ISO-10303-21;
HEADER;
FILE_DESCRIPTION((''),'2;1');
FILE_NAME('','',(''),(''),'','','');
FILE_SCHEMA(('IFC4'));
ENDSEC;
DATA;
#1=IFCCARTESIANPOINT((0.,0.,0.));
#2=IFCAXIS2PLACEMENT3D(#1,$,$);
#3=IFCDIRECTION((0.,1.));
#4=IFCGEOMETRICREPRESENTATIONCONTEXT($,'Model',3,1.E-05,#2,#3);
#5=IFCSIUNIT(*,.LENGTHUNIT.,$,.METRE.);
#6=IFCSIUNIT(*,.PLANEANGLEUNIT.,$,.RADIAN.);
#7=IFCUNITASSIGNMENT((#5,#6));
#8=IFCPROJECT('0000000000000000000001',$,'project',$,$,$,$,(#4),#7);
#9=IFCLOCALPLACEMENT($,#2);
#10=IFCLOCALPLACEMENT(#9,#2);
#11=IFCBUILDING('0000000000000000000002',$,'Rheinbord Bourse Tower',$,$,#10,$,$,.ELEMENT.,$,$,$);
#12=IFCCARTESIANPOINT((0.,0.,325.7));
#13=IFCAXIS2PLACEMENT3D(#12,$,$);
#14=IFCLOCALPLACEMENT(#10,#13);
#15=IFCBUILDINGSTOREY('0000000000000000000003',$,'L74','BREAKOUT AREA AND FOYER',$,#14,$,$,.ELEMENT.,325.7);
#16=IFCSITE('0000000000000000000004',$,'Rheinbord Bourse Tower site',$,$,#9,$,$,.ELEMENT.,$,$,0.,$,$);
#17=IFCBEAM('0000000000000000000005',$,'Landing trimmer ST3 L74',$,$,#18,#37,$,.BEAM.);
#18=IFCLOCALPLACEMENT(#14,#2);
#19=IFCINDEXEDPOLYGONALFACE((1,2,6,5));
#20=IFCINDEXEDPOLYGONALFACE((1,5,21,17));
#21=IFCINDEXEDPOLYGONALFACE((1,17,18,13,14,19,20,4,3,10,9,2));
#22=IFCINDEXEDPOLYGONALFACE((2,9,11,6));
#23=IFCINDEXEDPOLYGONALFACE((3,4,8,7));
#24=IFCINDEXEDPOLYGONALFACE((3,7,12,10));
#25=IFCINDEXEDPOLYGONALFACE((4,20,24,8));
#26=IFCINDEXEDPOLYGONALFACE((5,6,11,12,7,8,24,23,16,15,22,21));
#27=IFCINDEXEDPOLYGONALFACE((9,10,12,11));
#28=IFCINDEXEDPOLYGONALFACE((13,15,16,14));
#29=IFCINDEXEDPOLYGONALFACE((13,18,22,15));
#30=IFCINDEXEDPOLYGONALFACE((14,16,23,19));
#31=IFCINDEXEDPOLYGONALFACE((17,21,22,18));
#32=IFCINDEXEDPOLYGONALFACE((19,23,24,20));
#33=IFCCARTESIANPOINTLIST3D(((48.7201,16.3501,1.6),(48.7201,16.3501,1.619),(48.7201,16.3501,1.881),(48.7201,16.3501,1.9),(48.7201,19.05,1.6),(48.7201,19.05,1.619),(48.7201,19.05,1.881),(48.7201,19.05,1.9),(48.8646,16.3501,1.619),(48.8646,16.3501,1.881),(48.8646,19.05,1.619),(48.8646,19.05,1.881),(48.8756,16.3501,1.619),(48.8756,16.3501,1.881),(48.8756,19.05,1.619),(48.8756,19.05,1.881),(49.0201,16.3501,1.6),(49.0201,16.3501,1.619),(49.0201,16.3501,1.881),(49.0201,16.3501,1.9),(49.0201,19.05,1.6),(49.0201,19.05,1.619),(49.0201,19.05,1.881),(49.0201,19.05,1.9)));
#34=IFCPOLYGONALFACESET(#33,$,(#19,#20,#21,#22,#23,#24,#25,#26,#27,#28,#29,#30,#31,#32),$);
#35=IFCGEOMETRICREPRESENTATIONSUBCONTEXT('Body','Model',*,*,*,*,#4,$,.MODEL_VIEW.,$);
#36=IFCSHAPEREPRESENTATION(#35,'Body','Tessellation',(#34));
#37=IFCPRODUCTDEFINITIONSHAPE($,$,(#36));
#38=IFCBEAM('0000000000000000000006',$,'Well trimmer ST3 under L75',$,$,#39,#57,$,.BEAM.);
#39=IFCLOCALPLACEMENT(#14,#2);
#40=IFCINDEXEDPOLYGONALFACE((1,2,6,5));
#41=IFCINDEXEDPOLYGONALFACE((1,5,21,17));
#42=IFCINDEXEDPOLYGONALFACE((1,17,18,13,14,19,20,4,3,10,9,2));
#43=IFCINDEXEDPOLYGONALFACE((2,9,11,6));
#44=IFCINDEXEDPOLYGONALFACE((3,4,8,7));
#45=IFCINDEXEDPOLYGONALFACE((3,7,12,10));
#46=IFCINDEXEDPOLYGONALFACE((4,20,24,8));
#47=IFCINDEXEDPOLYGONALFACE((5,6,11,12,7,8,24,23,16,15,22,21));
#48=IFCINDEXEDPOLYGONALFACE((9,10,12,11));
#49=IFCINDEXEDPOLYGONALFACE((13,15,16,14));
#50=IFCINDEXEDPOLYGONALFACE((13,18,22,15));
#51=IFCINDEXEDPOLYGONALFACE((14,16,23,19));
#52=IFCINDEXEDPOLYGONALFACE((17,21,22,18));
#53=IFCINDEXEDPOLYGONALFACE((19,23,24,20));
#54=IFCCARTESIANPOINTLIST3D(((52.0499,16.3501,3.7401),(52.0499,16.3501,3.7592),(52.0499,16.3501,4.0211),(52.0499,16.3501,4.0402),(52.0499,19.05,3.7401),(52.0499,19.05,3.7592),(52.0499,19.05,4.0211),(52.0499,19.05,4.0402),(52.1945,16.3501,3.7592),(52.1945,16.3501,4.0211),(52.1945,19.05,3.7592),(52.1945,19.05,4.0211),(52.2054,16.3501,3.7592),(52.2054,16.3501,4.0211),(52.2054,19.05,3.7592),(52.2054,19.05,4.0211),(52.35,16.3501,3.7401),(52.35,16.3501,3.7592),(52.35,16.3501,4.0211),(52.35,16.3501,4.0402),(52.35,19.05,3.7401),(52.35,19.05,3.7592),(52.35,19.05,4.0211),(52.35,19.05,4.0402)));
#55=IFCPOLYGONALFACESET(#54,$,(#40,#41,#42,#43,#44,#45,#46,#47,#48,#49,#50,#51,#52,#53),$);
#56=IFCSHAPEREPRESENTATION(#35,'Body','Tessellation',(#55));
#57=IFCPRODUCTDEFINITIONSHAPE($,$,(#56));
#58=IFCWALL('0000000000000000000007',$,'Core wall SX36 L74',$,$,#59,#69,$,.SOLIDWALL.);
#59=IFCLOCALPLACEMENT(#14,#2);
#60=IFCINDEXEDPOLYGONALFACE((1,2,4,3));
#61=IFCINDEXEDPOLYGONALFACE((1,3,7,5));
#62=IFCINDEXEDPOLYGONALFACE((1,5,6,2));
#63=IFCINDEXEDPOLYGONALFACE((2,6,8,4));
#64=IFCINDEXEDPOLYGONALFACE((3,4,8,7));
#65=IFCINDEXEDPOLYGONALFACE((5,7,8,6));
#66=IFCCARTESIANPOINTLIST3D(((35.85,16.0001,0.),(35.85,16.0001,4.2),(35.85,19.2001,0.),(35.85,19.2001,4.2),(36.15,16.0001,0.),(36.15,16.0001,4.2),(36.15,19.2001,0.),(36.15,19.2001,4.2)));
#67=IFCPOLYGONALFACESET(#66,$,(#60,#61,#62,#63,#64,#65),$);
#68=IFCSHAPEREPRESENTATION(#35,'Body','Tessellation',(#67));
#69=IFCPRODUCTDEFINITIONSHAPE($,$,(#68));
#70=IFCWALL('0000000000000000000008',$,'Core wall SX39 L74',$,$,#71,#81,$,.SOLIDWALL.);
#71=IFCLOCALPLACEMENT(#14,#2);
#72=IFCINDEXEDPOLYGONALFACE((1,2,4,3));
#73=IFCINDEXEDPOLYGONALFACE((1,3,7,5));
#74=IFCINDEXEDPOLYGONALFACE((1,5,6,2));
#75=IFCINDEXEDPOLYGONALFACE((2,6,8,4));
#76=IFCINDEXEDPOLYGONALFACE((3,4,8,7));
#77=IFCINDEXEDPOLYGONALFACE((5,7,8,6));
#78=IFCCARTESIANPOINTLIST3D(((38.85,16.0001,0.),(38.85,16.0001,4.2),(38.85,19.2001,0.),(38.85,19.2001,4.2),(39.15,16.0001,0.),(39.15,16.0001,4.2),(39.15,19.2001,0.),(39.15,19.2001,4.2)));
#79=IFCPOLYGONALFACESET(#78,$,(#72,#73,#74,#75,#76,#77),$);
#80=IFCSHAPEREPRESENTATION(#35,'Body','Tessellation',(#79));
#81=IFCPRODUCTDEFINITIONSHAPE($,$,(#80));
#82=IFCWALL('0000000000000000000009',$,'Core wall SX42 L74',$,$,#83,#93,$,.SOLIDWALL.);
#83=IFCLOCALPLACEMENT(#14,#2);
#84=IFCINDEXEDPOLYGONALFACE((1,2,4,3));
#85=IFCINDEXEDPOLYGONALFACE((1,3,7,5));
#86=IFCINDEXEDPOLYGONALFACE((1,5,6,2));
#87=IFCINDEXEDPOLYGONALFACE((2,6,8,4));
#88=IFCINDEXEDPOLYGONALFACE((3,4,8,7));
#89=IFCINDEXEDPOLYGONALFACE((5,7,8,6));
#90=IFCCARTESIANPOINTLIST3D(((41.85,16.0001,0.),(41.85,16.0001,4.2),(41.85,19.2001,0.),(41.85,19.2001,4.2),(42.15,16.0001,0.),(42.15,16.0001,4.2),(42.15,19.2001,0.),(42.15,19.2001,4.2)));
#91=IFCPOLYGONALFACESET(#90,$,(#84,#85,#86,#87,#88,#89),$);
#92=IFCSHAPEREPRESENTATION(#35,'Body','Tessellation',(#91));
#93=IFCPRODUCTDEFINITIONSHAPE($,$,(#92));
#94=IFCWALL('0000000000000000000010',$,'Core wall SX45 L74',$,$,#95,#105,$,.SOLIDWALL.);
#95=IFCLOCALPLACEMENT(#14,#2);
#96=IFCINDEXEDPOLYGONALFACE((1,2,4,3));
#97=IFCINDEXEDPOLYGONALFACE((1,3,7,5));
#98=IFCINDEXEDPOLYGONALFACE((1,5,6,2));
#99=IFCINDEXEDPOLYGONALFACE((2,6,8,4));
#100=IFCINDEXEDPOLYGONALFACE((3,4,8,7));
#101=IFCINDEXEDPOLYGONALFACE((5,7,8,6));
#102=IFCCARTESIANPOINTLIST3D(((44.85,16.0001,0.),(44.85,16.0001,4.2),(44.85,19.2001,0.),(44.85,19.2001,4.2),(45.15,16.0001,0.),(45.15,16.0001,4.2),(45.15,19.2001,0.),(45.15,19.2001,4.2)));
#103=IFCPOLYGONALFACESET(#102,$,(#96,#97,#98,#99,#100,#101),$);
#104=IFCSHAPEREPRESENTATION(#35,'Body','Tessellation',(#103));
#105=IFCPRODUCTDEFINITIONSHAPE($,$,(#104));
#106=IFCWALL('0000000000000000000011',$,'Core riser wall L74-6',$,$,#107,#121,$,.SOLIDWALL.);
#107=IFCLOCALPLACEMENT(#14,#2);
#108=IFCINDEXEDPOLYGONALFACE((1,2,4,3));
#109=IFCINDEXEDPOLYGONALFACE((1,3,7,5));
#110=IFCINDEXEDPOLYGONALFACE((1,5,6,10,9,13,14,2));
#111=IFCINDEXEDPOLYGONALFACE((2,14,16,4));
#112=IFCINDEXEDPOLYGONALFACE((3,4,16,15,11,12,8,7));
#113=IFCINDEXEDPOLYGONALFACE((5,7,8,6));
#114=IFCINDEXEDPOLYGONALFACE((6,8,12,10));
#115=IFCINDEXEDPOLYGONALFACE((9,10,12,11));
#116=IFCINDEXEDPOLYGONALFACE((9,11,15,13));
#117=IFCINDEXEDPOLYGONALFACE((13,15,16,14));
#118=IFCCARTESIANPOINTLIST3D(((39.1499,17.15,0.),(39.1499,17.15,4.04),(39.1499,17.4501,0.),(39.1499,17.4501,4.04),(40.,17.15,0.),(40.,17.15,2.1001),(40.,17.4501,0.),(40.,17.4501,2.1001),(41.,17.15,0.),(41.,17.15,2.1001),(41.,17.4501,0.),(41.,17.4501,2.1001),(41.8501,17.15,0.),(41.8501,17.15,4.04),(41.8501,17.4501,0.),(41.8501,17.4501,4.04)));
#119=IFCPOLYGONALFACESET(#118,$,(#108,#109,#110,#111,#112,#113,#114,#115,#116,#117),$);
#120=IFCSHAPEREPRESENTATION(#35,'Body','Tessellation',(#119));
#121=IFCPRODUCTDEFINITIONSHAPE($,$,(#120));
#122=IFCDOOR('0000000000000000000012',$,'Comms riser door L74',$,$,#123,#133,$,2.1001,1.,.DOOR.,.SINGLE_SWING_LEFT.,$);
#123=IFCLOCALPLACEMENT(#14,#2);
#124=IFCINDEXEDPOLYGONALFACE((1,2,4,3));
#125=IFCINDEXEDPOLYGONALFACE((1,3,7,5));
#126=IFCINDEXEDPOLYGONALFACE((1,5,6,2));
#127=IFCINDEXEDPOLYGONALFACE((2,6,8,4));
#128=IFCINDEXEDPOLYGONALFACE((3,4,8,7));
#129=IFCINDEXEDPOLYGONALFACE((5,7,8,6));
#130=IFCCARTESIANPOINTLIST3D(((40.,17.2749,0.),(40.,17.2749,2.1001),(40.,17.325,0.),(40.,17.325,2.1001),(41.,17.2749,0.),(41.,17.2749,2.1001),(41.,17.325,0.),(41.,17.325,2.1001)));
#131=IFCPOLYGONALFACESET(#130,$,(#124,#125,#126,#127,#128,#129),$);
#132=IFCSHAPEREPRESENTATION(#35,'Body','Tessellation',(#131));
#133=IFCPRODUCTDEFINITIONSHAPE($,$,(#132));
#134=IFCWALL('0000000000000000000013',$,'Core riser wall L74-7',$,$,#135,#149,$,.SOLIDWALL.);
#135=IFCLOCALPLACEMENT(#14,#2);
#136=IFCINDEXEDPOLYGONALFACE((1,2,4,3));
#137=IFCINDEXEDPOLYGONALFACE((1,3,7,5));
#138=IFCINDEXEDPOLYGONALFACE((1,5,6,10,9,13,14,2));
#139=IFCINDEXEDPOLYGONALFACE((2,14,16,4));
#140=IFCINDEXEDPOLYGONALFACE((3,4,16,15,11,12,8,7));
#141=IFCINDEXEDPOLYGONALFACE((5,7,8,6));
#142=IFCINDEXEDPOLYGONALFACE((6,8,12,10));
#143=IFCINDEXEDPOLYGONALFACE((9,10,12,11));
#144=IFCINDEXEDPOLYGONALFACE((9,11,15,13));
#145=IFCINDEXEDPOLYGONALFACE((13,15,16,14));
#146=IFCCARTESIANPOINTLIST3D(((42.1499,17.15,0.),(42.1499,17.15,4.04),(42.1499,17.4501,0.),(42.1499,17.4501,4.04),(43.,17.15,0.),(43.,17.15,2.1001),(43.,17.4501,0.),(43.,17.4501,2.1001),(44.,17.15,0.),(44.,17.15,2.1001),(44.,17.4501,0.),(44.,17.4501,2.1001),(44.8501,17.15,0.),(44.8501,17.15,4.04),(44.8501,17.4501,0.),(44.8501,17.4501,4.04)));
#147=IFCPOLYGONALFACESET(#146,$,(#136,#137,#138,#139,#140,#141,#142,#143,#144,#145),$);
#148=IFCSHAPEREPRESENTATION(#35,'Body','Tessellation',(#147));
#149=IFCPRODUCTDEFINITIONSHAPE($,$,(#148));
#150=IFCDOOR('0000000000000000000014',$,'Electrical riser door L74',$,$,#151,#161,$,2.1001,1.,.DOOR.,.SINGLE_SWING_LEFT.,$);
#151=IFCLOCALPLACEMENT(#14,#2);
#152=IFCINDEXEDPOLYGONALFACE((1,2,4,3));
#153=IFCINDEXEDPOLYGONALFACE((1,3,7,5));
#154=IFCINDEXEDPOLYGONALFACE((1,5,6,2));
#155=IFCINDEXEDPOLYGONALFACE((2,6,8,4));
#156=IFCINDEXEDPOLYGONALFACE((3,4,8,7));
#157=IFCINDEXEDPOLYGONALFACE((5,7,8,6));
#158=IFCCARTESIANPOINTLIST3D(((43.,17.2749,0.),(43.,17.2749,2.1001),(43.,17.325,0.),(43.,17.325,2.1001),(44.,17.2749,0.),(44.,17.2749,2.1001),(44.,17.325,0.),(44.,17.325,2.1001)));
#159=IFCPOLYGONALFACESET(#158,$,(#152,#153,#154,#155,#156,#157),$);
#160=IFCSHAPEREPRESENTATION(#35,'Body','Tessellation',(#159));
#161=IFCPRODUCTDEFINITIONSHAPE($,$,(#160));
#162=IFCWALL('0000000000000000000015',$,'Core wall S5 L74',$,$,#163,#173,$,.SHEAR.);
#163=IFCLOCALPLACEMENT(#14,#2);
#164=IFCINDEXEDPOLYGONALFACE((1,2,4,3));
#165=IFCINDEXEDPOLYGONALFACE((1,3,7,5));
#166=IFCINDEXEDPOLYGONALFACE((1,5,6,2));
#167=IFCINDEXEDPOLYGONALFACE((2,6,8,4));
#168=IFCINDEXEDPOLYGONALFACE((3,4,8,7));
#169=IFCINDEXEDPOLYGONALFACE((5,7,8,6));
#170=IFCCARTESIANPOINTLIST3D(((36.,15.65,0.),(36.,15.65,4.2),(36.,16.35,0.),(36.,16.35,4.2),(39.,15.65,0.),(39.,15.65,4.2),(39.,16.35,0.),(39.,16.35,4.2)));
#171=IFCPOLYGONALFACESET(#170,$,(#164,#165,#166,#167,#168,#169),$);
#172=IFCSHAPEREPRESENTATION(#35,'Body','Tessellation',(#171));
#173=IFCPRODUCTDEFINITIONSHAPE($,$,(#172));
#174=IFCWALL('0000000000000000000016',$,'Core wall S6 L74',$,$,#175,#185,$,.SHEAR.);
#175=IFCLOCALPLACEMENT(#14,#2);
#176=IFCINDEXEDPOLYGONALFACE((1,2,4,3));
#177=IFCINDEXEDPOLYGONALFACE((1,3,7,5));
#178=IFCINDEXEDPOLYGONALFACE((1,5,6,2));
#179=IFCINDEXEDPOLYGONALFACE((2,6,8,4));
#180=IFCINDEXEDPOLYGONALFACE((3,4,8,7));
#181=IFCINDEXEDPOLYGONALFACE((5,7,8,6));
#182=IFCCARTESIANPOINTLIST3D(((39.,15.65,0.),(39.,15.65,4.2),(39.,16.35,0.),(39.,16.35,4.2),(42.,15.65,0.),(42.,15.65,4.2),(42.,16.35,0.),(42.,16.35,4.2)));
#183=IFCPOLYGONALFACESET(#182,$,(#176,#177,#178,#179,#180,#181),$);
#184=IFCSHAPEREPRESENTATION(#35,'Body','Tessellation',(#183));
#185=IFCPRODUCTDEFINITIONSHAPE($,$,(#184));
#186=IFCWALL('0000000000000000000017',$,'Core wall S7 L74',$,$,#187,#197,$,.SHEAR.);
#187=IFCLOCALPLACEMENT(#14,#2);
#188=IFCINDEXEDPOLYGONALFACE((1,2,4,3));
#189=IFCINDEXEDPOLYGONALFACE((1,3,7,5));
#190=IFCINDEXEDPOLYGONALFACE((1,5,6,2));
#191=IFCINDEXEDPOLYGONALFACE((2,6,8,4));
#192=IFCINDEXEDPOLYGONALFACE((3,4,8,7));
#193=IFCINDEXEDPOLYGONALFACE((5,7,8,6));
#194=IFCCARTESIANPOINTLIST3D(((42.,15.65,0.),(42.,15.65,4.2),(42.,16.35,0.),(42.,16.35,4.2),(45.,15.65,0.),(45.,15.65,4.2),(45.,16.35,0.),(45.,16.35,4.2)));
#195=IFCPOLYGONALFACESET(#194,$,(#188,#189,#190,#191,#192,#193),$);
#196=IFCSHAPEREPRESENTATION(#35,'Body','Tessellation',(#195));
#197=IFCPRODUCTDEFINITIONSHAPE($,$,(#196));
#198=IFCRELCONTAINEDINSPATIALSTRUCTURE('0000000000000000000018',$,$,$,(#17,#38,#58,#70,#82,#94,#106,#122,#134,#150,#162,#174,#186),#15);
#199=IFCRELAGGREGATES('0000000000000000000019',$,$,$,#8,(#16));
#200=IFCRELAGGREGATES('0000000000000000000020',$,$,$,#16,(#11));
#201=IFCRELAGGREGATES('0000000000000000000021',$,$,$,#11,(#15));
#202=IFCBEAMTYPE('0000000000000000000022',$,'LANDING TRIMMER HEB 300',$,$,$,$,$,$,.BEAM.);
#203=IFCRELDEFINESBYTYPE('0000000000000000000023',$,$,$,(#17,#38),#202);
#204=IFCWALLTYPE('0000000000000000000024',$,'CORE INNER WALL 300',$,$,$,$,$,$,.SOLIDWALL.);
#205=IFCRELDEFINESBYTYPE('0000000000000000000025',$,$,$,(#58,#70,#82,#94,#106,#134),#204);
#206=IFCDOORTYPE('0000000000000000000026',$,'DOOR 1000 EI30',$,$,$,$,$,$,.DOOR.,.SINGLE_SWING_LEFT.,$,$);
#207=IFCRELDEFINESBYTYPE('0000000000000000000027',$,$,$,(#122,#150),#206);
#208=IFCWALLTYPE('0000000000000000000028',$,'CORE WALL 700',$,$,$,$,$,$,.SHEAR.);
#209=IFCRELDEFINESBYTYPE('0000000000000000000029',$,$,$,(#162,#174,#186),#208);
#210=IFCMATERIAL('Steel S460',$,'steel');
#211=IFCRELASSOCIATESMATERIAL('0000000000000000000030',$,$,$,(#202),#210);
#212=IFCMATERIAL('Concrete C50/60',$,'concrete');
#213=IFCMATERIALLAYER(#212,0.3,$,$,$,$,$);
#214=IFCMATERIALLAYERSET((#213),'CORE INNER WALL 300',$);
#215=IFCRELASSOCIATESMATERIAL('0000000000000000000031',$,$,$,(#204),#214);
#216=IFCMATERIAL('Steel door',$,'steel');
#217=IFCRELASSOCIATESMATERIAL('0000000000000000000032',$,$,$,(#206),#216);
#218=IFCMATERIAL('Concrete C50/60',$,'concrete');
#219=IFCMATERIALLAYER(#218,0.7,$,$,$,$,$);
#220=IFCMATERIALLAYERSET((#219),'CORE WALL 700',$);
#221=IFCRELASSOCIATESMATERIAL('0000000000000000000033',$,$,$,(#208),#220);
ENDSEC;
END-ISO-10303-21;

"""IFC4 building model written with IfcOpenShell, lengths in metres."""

from ifc_helpers import new_model, si_unit, direction, frame, frame_2d, origin, origin_2d, place, context, subcontext, project, spatial, rectangle, i_section, extrude, material, layer, layer_set, material_profile, profile_set, type_object, element, fill, save


model = new_model("IFC4")

# Units and contexts
model_context = context("Model", 3, precision=1e-05, world=origin(), true_north=direction((0.0, 1.0)))
body_context = subcontext(model_context, "Body", "Model", "MODEL_VIEW")
ifc_project = project(units=[si_unit("LENGTHUNIT", "METRE"), si_unit("PLANEANGLEUNIT", "RADIAN")], contexts=[model_context])

# Site, building, storey
site_placement = place(None, origin())
site = spatial("IfcSite", under=ifc_project, at=site_placement, Name="Rheinbord Bourse Tower site", CompositionType="ELEMENT", RefElevation=0.0)
building_placement = place(site_placement, origin())
building = spatial("IfcBuilding", under=site, at=building_placement, Name="Rheinbord Bourse Tower", CompositionType="ELEMENT")
storey_placement = place(building_placement, frame((0.0, 0.0, 325.7)))
storey = spatial("IfcBuildingStorey", under=building, at=storey_placement, Name="L74", Description="BREAKOUT AREA AND FOYER", CompositionType="ELEMENT", Elevation=325.7)

# Beams
ifc_material_1 = material(Name="Steel S460", Category="steel")
ifc_material_profile = material_profile(ifc_material_1, i_section(OverallWidth=0.3, OverallDepth=0.3, WebThickness=0.011, FlangeThickness=0.019, at=origin_2d()), Name="HEB 300")
ifc_profile_set = profile_set([ifc_material_profile], Name="Steel S460")
beam_type = type_object("IfcBeamType", Name="LANDING TRIMMER HEB 300", PredefinedType="BEAM", material=ifc_profile_set)
for number, where, z_axis, x_axis, name in (
    (1, (48.8701, 16.3501, 1.75), (0.0, 1.0, 0.0), (-1.0, 0.0, 0.0), "Landing trimmer ST3 L74"),
    (2, (52.2, 16.3501, 3.8901), (0.0, 1.0, 0.0), (-1.0, 0.0, 0.0), "Well trimmer ST3 under L75"),
):
    element("IfcBeam", number, at=place(storey_placement, frame(where, z_axis=z_axis, x_axis=x_axis)), inside=storey, type_object=beam_type, Name=name, PredefinedType="BEAM", context=body_context, shape_type="SweptSolid", body=[
        extrude(i_section(OverallWidth=0.3, OverallDepth=0.3, WebThickness=0.011, FlangeThickness=0.019, at=origin_2d()), origin(), (0.0, 0.0, 1.0), 2.7),
    ])

# Walls
ifc_material_2 = material(Name="Concrete C50/60", Category="concrete")
ifc_layer_1 = layer(ifc_material_2, 0.3)
ifc_layer_set_1 = layer_set([ifc_layer_1], Name="CORE INNER WALL 300")
wall_type_1 = type_object("IfcWallType", Name="CORE INNER WALL 300", PredefinedType="SOLIDWALL", material=ifc_layer_set_1)
for number, where, z_axis, x_axis, name in (
    (3, (36.0, 16.0, 0.0), (0.0, 0.0, 1.0), (0.0, 1.0, 0.0), "Core wall SX36 L74"),
    (4, (39.0, 16.0, 0.0), (0.0, 0.0, 1.0), (0.0, 1.0, 0.0), "Core wall SX39 L74"),
    (5, (42.0, 16.0, 0.0), (0.0, 0.0, 1.0), (0.0, 1.0, 0.0), "Core wall SX42 L74"),
    (6, (45.0, 16.0, 0.0), (0.0, 0.0, 1.0), (0.0, 1.0, 0.0), "Core wall SX45 L74"),
):
    element("IfcWall", number, at=place(storey_placement, frame(where, z_axis=z_axis, x_axis=x_axis)), inside=storey, type_object=wall_type_1, Name=name, PredefinedType="SOLIDWALL", context=body_context, shape_type="SweptSolid", body=[
        extrude(rectangle(XDim=3.2, YDim=0.3, at=frame_2d((1.6001, 0.0))), origin(), (0.0, 0.0, 1.0), 4.2),
    ])

# Walls, openings, doors
wall_1_placement = place(storey_placement, frame((39.1499, 17.3, 0.0), z_axis=(0.0, 0.0, 1.0), x_axis=(1.0, 0.0, 0.0)))
wall_1 = element("IfcWall", 7, at=wall_1_placement, inside=storey, type_object=wall_type_1, Name="Core riser wall L74-6", PredefinedType="SOLIDWALL", context=body_context, shape_type="SweptSolid", body=[
    extrude(rectangle(XDim=2.7002, YDim=0.3, at=frame_2d((1.3501, 0.0))), origin(), (0.0, 0.0, 1.0), 4.04),
])
opening_1_placement = place(wall_1_placement, frame((0.8501, 0.0, 0.0)))
opening_1 = element("IfcOpeningElement", 8, at=opening_1_placement, cuts=wall_1, PredefinedType="OPENING", context=body_context, shape_type="SweptSolid", body=[
    extrude(rectangle(XDim=1.0, YDim=2.1001, at=frame_2d((0.5, 1.05))), frame((0.0, 0.1599, 0.0), z_axis=(0.0, -1.0, 0.0), x_axis=(1.0, 0.0, 0.0)), (0.0, 0.0, 1.0), 0.3201),
])
ifc_material_3 = material(Name="Steel door", Category="steel")
door_type_1 = type_object("IfcDoorType", Name="DOOR 1000 EI30", OperationType="SINGLE_SWING_LEFT", PredefinedType="DOOR", material=ifc_material_3)
door_1_placement = place(opening_1_placement, origin())
door_1 = element("IfcDoor", 9, at=door_1_placement, inside=storey, type_object=door_type_1, Name="Comms riser door L74", OperationType="SINGLE_SWING_LEFT", OverallHeight=2.1001, OverallWidth=1.0, PredefinedType="DOOR", context=body_context, shape_type="SweptSolid", body=[
    extrude(rectangle(XDim=1.0, YDim=2.1001, at=frame_2d((0.5, 1.05))), frame((0.0, 0.0249, 0.0), z_axis=(0.0, -1.0, 0.0), x_axis=(1.0, 0.0, 0.0)), (0.0, 0.0, 1.0), 0.05),
])
fill(opening_1, door_1)
wall_2_placement = place(storey_placement, frame((42.1499, 17.3, 0.0), z_axis=(0.0, 0.0, 1.0), x_axis=(1.0, 0.0, 0.0)))
wall_2 = element("IfcWall", 10, at=wall_2_placement, inside=storey, type_object=wall_type_1, Name="Core riser wall L74-7", PredefinedType="SOLIDWALL", context=body_context, shape_type="SweptSolid", body=[
    extrude(rectangle(XDim=2.7002, YDim=0.3, at=frame_2d((1.3501, 0.0))), origin(), (0.0, 0.0, 1.0), 4.04),
])
opening_2_placement = place(wall_2_placement, frame((0.8501, 0.0, 0.0)))
opening_2 = element("IfcOpeningElement", 11, at=opening_2_placement, cuts=wall_2, PredefinedType="OPENING", context=body_context, shape_type="SweptSolid", body=[
    extrude(rectangle(XDim=1.0, YDim=2.1001, at=frame_2d((0.5, 1.05))), frame((0.0, 0.1599, 0.0), z_axis=(0.0, -1.0, 0.0), x_axis=(1.0, 0.0, 0.0)), (0.0, 0.0, 1.0), 0.3201),
])
door_2_placement = place(opening_2_placement, origin())
door_2 = element("IfcDoor", 12, at=door_2_placement, inside=storey, type_object=door_type_1, Name="Electrical riser door L74", OperationType="SINGLE_SWING_LEFT", OverallHeight=2.1001, OverallWidth=1.0, PredefinedType="DOOR", context=body_context, shape_type="SweptSolid", body=[
    extrude(rectangle(XDim=1.0, YDim=2.1001, at=frame_2d((0.5, 1.05))), frame((0.0, 0.0249, 0.0), z_axis=(0.0, -1.0, 0.0), x_axis=(1.0, 0.0, 0.0)), (0.0, 0.0, 1.0), 0.05),
])
fill(opening_2, door_2)

# Walls
ifc_material_4 = material(Name="Concrete C50/60", Category="concrete")
ifc_layer_2 = layer(ifc_material_4, 0.7)
ifc_layer_set_2 = layer_set([ifc_layer_2], Name="CORE WALL 700")
wall_type_2 = type_object("IfcWallType", Name="CORE WALL 700", PredefinedType="SHEAR", material=ifc_layer_set_2)
for number, where, z_axis, x_axis, name in (
    (13, (36.0, 16.0, 0.0), (0.0, 0.0, 1.0), (1.0, 0.0, 0.0), "Core wall S5 L74"),
    (14, (39.0, 16.0, 0.0), (0.0, 0.0, 1.0), (1.0, 0.0, 0.0), "Core wall S6 L74"),
    (15, (42.0, 16.0, 0.0), (0.0, 0.0, 1.0), (1.0, 0.0, 0.0), "Core wall S7 L74"),
):
    element("IfcWall", number, at=place(storey_placement, frame(where, z_axis=z_axis, x_axis=x_axis)), inside=storey, type_object=wall_type_2, Name=name, PredefinedType="SHEAR", context=body_context, shape_type="SweptSolid", body=[
        extrude(rectangle(XDim=3.0, YDim=0.7, at=frame_2d((1.5, 0.0))), origin(), (0.0, 0.0, 1.0), 4.2),
    ])

save(model, "model.ifc")
